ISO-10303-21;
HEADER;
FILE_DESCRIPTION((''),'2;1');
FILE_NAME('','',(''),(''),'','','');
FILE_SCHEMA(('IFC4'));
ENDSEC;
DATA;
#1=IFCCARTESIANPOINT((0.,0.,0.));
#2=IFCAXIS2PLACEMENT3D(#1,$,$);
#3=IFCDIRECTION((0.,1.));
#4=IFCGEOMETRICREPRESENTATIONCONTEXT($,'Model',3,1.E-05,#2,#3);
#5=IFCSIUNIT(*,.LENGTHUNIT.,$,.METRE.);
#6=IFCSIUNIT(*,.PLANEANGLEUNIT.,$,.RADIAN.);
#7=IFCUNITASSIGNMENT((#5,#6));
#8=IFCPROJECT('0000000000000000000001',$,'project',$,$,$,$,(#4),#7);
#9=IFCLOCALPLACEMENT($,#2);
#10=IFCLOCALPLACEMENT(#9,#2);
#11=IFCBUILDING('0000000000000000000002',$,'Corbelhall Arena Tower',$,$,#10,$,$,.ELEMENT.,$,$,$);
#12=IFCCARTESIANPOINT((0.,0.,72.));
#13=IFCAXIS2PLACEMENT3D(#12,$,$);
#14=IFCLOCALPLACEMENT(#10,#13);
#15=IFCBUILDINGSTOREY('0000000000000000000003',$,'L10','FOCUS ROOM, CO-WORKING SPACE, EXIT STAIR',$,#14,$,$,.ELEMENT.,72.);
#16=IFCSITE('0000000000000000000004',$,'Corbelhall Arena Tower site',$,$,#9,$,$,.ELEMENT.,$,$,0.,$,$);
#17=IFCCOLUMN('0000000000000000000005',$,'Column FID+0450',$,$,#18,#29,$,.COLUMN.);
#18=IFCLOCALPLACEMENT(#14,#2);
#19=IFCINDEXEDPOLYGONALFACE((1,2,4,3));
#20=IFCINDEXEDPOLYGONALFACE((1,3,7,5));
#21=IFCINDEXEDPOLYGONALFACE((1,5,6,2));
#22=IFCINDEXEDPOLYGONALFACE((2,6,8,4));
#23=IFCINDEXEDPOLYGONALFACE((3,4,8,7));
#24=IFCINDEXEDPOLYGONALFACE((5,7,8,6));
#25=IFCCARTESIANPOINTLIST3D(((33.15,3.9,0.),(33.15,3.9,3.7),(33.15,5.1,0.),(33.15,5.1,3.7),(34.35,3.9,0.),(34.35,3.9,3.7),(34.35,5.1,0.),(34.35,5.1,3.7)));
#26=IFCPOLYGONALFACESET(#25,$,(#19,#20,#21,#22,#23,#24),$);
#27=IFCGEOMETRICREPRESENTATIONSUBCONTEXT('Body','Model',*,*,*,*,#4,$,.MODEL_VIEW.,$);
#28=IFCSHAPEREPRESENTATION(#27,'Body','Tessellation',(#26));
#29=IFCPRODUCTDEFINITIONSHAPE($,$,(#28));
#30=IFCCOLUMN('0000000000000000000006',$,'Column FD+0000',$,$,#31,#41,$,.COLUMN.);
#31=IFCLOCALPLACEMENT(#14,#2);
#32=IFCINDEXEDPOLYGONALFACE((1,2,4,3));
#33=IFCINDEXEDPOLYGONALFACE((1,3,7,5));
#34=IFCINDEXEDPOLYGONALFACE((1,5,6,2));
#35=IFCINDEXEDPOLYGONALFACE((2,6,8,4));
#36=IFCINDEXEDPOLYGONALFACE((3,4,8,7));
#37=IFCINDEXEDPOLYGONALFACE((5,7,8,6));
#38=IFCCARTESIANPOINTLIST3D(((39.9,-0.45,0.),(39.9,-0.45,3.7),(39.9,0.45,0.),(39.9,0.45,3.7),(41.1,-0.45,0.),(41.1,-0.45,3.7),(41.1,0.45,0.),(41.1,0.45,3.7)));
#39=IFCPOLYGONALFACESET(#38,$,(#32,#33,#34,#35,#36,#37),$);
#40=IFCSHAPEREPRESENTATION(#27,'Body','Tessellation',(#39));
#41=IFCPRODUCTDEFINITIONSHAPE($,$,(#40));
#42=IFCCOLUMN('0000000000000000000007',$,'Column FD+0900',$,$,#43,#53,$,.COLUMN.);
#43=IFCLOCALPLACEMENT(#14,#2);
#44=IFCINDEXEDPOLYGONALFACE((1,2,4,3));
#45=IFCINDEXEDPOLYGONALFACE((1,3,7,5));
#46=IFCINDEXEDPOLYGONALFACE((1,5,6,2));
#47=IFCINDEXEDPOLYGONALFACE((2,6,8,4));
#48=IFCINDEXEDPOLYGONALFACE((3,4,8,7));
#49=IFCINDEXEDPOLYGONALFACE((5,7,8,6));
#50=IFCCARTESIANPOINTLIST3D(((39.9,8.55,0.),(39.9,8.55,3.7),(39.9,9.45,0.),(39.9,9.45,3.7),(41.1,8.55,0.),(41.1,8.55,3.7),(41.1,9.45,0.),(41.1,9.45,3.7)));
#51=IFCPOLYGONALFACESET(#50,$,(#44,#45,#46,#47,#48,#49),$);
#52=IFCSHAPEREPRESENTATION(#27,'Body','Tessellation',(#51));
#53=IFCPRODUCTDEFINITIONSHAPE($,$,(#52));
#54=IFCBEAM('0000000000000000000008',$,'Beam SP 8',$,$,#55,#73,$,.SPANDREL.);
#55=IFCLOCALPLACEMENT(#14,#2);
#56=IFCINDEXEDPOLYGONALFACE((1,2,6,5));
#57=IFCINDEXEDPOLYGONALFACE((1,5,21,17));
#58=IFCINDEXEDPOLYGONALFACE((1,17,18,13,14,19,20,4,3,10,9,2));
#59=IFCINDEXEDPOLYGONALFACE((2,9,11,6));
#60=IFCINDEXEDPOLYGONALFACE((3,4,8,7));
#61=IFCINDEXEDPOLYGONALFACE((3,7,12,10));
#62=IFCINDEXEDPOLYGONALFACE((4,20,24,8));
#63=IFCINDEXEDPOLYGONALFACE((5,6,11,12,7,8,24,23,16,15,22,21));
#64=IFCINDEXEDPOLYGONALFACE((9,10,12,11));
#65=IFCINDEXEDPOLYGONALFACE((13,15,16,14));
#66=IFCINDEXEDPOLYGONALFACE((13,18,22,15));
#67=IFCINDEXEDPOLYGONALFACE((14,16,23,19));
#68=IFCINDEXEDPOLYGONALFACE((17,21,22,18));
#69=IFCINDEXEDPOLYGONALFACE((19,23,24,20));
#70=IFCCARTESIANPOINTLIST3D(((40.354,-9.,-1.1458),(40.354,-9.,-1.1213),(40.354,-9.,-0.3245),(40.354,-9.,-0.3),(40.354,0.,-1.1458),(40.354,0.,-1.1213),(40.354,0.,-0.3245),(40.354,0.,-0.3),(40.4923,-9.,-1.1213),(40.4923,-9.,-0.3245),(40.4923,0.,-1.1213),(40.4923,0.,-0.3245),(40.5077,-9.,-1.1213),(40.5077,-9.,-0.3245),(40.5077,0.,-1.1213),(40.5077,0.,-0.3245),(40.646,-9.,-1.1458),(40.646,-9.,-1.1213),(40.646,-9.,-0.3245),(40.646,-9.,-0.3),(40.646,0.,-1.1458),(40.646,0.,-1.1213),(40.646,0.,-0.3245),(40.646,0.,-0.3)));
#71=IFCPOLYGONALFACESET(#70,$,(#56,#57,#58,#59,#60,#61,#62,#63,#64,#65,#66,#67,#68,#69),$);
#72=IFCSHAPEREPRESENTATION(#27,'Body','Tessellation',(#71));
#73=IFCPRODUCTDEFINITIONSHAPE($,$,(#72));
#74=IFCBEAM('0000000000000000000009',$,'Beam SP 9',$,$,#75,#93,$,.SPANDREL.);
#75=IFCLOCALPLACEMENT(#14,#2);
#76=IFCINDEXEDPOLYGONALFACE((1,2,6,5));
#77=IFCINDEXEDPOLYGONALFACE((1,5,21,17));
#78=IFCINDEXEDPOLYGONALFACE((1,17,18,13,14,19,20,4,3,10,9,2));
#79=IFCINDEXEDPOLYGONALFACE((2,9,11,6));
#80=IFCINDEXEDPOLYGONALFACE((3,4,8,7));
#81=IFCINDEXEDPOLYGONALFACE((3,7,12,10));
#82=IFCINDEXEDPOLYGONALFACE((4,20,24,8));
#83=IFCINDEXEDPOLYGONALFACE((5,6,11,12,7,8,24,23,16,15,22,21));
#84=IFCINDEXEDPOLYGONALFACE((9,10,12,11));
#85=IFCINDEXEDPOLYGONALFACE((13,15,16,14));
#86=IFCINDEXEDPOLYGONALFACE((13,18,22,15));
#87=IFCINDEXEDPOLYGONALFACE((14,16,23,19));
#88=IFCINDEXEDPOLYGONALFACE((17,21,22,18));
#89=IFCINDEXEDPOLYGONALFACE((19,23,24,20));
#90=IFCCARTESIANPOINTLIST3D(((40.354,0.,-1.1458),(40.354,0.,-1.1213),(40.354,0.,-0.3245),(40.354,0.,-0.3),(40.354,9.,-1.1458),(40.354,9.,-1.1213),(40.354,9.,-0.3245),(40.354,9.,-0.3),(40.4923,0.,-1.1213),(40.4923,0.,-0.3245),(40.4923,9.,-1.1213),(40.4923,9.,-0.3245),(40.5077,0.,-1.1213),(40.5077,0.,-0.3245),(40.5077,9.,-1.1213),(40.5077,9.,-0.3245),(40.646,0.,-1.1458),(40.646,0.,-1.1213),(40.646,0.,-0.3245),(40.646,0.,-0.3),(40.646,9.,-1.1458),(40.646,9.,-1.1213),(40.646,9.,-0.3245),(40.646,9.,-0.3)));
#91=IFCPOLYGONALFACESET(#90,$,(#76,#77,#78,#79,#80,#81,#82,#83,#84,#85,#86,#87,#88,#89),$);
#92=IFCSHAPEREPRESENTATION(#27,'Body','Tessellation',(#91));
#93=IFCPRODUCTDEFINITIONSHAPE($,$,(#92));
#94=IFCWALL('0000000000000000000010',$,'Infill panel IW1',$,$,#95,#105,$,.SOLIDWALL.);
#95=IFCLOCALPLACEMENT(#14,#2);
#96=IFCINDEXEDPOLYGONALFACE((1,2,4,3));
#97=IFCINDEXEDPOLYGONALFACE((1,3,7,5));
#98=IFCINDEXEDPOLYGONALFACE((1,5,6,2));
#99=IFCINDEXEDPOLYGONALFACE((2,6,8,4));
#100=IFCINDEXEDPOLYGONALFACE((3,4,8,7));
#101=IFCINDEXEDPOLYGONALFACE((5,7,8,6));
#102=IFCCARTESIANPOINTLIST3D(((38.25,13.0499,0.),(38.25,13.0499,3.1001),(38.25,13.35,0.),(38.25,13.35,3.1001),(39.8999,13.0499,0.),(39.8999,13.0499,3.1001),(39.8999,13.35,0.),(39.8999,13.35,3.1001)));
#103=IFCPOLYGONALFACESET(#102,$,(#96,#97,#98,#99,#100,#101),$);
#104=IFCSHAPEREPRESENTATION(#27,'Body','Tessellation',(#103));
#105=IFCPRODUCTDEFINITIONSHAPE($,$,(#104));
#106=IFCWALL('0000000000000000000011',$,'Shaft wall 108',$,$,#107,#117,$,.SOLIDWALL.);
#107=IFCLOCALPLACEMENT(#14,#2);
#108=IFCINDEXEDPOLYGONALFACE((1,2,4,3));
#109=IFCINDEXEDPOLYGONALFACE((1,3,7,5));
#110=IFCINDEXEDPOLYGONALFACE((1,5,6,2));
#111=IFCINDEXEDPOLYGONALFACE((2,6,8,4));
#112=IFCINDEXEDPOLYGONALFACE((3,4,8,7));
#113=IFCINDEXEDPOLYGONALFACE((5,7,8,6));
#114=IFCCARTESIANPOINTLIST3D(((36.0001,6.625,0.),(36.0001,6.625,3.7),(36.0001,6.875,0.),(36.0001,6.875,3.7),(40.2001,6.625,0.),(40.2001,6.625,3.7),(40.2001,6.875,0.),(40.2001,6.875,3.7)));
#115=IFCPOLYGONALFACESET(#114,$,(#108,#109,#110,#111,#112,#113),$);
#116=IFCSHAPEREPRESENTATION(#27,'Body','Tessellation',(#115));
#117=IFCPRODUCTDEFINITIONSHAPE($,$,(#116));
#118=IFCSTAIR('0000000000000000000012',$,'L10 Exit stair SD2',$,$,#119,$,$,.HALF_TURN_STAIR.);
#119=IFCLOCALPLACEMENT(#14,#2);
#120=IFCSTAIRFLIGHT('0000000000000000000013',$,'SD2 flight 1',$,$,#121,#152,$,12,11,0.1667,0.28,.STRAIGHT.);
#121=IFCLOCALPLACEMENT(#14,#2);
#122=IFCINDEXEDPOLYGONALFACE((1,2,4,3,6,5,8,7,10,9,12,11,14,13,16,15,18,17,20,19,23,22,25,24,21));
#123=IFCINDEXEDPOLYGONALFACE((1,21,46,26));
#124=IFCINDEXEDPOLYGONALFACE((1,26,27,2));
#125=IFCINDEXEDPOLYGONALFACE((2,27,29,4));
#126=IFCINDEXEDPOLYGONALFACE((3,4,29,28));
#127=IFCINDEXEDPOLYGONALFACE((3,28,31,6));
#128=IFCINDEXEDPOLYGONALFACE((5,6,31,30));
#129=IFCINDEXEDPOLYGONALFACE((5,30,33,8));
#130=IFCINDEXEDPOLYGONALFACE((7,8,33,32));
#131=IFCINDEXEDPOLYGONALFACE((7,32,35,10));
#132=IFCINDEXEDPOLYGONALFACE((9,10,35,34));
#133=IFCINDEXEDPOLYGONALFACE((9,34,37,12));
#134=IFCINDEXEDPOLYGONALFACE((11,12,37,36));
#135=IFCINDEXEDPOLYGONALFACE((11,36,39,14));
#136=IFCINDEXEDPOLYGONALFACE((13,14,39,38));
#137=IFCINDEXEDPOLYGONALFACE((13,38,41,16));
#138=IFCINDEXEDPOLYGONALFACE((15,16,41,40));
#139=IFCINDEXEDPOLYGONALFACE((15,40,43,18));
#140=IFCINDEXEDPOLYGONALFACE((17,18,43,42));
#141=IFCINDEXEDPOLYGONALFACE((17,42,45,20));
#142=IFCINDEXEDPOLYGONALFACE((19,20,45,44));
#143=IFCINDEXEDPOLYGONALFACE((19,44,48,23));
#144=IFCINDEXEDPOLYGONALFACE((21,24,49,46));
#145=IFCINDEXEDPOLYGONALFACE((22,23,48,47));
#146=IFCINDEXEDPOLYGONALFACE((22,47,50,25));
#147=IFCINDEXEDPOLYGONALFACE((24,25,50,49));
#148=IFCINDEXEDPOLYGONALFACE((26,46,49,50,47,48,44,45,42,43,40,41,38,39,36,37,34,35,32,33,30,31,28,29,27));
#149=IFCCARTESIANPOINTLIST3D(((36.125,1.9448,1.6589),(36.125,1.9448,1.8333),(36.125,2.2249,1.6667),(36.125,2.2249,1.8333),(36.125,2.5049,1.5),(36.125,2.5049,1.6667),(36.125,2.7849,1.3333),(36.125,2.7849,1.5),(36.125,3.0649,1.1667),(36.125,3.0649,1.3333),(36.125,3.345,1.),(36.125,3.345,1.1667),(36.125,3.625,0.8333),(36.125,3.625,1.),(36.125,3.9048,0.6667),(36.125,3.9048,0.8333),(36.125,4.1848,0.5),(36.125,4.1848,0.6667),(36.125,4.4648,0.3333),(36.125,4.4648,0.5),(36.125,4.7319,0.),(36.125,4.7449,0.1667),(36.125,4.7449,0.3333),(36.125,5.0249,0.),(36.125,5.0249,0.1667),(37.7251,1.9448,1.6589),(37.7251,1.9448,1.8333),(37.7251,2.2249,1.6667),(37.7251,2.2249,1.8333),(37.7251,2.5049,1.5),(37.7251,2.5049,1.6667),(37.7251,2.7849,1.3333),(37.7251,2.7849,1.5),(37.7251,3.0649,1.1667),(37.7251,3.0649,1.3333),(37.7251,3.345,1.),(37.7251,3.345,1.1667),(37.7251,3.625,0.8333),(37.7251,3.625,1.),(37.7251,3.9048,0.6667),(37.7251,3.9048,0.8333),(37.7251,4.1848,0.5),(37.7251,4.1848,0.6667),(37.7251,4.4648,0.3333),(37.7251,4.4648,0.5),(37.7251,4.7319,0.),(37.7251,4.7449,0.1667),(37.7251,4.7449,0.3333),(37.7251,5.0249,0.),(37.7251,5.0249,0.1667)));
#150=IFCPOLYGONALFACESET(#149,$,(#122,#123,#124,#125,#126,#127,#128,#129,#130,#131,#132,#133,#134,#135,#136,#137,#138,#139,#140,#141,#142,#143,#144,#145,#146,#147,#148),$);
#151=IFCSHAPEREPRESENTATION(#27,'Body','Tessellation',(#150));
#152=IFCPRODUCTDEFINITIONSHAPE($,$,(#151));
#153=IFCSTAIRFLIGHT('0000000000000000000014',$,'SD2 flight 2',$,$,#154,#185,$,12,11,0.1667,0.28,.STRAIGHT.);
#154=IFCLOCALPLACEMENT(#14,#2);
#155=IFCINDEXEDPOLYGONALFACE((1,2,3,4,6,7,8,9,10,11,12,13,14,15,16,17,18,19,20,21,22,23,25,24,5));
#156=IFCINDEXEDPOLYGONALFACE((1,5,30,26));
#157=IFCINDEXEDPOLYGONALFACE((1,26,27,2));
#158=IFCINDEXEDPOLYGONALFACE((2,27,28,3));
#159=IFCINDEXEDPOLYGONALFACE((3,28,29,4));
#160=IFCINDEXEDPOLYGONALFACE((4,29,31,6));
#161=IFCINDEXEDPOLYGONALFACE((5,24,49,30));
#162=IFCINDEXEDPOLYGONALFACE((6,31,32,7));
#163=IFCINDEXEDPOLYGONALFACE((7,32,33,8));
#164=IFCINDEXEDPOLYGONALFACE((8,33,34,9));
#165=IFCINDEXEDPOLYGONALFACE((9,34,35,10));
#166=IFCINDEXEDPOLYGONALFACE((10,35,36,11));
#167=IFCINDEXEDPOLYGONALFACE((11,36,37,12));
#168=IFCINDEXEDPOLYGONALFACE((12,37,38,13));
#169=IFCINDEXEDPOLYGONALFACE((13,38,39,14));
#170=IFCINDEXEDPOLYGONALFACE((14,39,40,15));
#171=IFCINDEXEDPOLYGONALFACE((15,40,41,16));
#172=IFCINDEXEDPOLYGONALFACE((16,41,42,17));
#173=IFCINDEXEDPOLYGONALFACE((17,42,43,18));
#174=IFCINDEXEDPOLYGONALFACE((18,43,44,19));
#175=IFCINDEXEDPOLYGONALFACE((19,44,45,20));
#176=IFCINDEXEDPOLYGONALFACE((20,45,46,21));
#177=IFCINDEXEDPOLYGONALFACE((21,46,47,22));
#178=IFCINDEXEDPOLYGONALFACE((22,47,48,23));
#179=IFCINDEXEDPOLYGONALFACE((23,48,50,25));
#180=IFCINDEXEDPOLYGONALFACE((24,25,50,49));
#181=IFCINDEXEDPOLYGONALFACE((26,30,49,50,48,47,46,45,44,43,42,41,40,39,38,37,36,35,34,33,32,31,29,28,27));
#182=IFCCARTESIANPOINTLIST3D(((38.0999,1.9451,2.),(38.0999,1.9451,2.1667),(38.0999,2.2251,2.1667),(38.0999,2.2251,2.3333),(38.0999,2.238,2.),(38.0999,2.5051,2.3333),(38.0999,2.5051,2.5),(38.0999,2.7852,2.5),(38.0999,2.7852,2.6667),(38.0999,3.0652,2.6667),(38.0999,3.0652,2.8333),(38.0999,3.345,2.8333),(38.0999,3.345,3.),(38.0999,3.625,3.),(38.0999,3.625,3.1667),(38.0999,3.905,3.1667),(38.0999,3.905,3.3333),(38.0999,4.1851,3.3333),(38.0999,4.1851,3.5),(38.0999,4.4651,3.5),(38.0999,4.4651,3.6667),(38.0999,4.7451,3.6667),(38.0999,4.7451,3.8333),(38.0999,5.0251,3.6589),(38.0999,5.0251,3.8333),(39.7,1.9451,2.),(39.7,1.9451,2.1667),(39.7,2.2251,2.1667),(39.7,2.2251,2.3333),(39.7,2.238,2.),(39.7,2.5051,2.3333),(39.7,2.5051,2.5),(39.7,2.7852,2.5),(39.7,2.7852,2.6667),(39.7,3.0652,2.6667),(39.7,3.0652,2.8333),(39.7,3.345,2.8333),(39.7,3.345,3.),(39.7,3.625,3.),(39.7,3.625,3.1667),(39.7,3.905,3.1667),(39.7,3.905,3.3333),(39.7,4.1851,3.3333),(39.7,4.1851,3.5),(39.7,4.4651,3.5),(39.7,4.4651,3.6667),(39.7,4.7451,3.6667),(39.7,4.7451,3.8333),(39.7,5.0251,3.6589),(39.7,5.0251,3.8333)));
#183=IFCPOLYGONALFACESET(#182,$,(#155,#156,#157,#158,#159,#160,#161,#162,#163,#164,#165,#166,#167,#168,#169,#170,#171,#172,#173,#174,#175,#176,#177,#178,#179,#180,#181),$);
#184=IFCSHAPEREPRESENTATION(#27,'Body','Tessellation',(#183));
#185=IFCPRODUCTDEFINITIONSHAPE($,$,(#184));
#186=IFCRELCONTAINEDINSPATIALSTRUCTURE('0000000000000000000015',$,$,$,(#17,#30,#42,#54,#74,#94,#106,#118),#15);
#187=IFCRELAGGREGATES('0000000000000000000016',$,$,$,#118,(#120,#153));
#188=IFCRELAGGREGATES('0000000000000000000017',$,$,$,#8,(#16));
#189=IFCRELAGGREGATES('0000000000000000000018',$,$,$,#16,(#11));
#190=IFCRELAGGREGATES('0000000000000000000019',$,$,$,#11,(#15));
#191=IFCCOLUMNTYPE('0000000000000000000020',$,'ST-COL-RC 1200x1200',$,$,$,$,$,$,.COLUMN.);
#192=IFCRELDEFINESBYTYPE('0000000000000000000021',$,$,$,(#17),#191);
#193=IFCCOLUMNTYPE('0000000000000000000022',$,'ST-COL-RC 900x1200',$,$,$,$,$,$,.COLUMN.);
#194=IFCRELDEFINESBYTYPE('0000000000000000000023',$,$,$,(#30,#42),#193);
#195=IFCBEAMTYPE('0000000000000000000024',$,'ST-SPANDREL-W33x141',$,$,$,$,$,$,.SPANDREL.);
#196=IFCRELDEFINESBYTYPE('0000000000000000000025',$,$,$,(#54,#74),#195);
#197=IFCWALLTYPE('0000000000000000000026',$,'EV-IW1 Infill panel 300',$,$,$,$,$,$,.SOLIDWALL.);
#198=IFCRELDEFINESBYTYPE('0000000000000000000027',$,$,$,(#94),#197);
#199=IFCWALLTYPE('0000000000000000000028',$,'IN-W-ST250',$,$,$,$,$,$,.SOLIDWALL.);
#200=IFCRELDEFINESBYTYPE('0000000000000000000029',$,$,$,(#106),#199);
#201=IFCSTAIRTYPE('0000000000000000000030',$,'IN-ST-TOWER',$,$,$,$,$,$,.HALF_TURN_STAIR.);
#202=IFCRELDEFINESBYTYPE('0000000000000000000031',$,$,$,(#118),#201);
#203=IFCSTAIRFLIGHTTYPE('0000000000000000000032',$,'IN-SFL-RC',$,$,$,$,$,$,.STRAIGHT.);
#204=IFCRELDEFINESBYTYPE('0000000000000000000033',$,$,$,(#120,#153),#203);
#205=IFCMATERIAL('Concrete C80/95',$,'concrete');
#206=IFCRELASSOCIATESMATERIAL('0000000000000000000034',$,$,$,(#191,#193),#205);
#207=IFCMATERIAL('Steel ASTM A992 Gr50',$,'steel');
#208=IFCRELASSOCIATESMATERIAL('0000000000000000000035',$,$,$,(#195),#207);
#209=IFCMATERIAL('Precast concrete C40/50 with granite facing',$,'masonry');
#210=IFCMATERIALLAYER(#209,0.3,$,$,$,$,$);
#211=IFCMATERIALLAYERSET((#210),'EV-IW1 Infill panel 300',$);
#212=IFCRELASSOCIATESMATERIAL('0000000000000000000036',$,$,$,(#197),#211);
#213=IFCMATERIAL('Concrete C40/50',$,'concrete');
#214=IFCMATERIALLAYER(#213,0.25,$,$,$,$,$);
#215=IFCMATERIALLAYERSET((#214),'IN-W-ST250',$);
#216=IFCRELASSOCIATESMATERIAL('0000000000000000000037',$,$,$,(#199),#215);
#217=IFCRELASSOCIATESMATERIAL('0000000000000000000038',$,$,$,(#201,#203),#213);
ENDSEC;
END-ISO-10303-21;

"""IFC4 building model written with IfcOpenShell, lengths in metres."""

from ifc_helpers import new_model, si_unit, direction, frame, frame_2d, origin, origin_2d, place, context, subcontext, project, spatial, polyline, rectangle, i_section, outline, extrude, material, layer, layer_set, material_profile, profile_set, type_object, element, aggregate, save


model = new_model("IFC4")

# Units and contexts
model_context = context("Model", 3, precision=1e-05, world=origin(), true_north=direction((0.0, 1.0)))
body_context = subcontext(model_context, "Body", "Model", "MODEL_VIEW")
ifc_project = project(units=[si_unit("LENGTHUNIT", "METRE"), si_unit("PLANEANGLEUNIT", "RADIAN")], contexts=[model_context])

# Site, building, storey
site_placement = place(None, origin())
site = spatial("IfcSite", under=ifc_project, at=site_placement, Name="Corbelhall Arena Tower site", CompositionType="ELEMENT", RefElevation=0.0)
building_placement = place(site_placement, origin())
building = spatial("IfcBuilding", under=site, at=building_placement, Name="Corbelhall Arena Tower", CompositionType="ELEMENT")
storey_placement = place(building_placement, frame((0.0, 0.0, 72.0)))
storey = spatial("IfcBuildingStorey", under=building, at=storey_placement, Name="L10", Description="FOCUS ROOM, CO-WORKING SPACE, EXIT STAIR", CompositionType="ELEMENT", Elevation=72.0)

# Columns
ifc_material_1 = material(Name="Concrete C80/95", Category="concrete")
ifc_material_profile_1 = material_profile(ifc_material_1, rectangle(XDim=1.2, YDim=1.2, at=origin_2d()))
ifc_profile_set_1 = profile_set([ifc_material_profile_1], Name="Concrete C80/95")
column_type_1 = type_object("IfcColumnType", Name="ST-COL-RC 1200x1200", PredefinedType="COLUMN", material=ifc_profile_set_1)
column_placement = place(storey_placement, frame((33.75, 4.5, 0.0), z_axis=(0.0, 0.0, 1.0), x_axis=(1.0, 0.0, 0.0)))
element("IfcColumn", 1, at=column_placement, inside=storey, type_object=column_type_1, Name="Column FID+0450", PredefinedType="COLUMN", context=body_context, shape_type="SweptSolid", body=[
    extrude(rectangle(XDim=1.2, YDim=1.2, at=origin_2d()), origin(), (0.0, 0.0, 1.0), 3.7),
])
ifc_material_profile_2 = material_profile(ifc_material_1, rectangle(XDim=0.8999, YDim=1.2, at=origin_2d()))
ifc_profile_set_2 = profile_set([ifc_material_profile_2], Name="Concrete C80/95")
column_type_2 = type_object("IfcColumnType", Name="ST-COL-RC 900x1200", PredefinedType="COLUMN", material=ifc_profile_set_2)
for number, where, z_axis, x_axis, name in (
    (2, (40.5, 0.0, 0.0), (0.0, 0.0, 1.0), (0.0, 1.0, 0.0), "Column FD+0000"),
    (3, (40.5, 9.0, 0.0), (0.0, 0.0, 1.0), (0.0, 1.0, 0.0), "Column FD+0900"),
):
    element("IfcColumn", number, at=place(storey_placement, frame(where, z_axis=z_axis, x_axis=x_axis)), inside=storey, type_object=column_type_2, Name=name, PredefinedType="COLUMN", context=body_context, shape_type="SweptSolid", body=[
        extrude(rectangle(XDim=0.8999, YDim=1.2, at=origin_2d()), origin(), (0.0, 0.0, 1.0), 3.7),
    ])

# Beams
ifc_material_2 = material(Name="Steel ASTM A992 Gr50", Category="steel")
ifc_material_profile_3 = material_profile(ifc_material_2, i_section(OverallWidth=0.292, OverallDepth=0.8457, WebThickness=0.0154, FlangeThickness=0.0244, at=origin_2d()))
ifc_profile_set_3 = profile_set([ifc_material_profile_3], Name="Steel ASTM A992 Gr50")
beam_type = type_object("IfcBeamType", Name="ST-SPANDREL-W33x141", PredefinedType="SPANDREL", material=ifc_profile_set_3)
for number, where, z_axis, x_axis, name in (
    (4, (40.5, 0.0, -0.7229), (0.0, -1.0, 0.0), (1.0, 0.0, 0.0), "Beam SP 8"),
    (5, (40.5, 9.0, -0.7229), (0.0, -1.0, 0.0), (1.0, 0.0, 0.0), "Beam SP 9"),
):
    element("IfcBeam", number, at=place(storey_placement, frame(where, z_axis=z_axis, x_axis=x_axis)), inside=storey, type_object=beam_type, Name=name, PredefinedType="SPANDREL", context=body_context, shape_type="SweptSolid", body=[
        extrude(i_section(OverallWidth=0.292, OverallDepth=0.8457, WebThickness=0.0154, FlangeThickness=0.0244, at=origin_2d()), origin(), (0.0, 0.0, 1.0), 9.0),
    ])

# Wall
ifc_material_3 = material(Name="Precast concrete C40/50 with granite facing", Category="masonry")
ifc_layer_1 = layer(ifc_material_3, 0.3)
ifc_layer_set_1 = layer_set([ifc_layer_1], Name="EV-IW1 Infill panel 300")
wall_type_1 = type_object("IfcWallType", Name="EV-IW1 Infill panel 300", PredefinedType="SOLIDWALL", material=ifc_layer_set_1)
wall_1_placement = place(storey_placement, frame((39.8999, 13.2, 0.0), z_axis=(0.0, 0.0, 1.0), x_axis=(-1.0, 0.0, 0.0)))
element("IfcWall", 6, at=wall_1_placement, inside=storey, type_object=wall_type_1, Name="Infill panel IW1", PredefinedType="SOLIDWALL", context=body_context, shape_type="SweptSolid", body=[
    extrude(rectangle(XDim=1.6499, YDim=0.3, at=frame_2d((0.825, 0.0))), origin(), (0.0, 0.0, 1.0), 3.1001),
])

# Wall
ifc_material_4 = material(Name="Concrete C40/50", Category="concrete")
ifc_layer_2 = layer(ifc_material_4, 0.25)
ifc_layer_set_2 = layer_set([ifc_layer_2], Name="IN-W-ST250")
wall_type_2 = type_object("IfcWallType", Name="IN-W-ST250", PredefinedType="SOLIDWALL", material=ifc_layer_set_2)
wall_2_placement = place(storey_placement, frame((36.0, 6.75, 0.0), z_axis=(0.0, 0.0, 1.0), x_axis=(1.0, 0.0, 0.0)))
element("IfcWall", 7, at=wall_2_placement, inside=storey, type_object=wall_type_2, Name="Shaft wall 108", PredefinedType="SOLIDWALL", context=body_context, shape_type="SweptSolid", body=[
    extrude(rectangle(XDim=4.2, YDim=0.25, at=frame_2d((2.1001, 0.0))), origin(), (0.0, 0.0, 1.0), 3.7),
])

# Stair, stair flights
stair_type = type_object("IfcStairType", Name="IN-ST-TOWER", PredefinedType="HALF_TURN_STAIR", material=ifc_material_4)
stair_placement = place(storey_placement, origin())
stair = element("IfcStair", 8, at=stair_placement, inside=storey, type_object=stair_type, Name="L10 Exit stair SD2", PredefinedType="HALF_TURN_STAIR")
stair_flight_type = type_object("IfcStairFlightType", Name="IN-SFL-RC", PredefinedType="STRAIGHT", material=ifc_material_4)
stair_flight_1_placement = place(storey_placement, frame((36.925, 5.0249, 0.0), z_axis=(0.0, 0.0, 1.0), x_axis=(0.0, -1.0, 0.0)))
stair_flight_1 = element("IfcStairFlight", 9, at=stair_flight_1_placement, type_object=stair_flight_type, Name="SD2 flight 1", NumberOfRisers=12, NumberOfTreads=11, PredefinedType="STRAIGHT", RiserHeight=0.1667, TreadLength=0.28, context=body_context, shape_type="SweptSolid", body=[
    extrude(outline(polyline([(0.0, 0.0), (0.0, 0.1667), (0.28, 0.1667), (0.28, 0.3333), (0.5601, 0.3333), (0.5601, 0.5), (0.8401, 0.5), (0.8401, 0.6667), (1.1201, 0.6667), (1.1201, 0.8333), (1.3999, 0.8333), (1.3999, 1.0), (1.6799, 1.0), (1.6799, 1.1667), (1.96, 1.1667), (1.96, 1.3333), (2.24, 1.3333), (2.24, 1.5), (2.52, 1.5), (2.52, 1.6667), (2.8, 1.6667), (2.8, 1.8333), (3.0801, 1.8333), (3.0801, 2.0), (3.0801, 1.6589), (0.293, 0.0), (0.0, 0.0)])), frame((0.0, 0.8, 0.0), z_axis=(0.0, -1.0, 0.0), x_axis=(1.0, 0.0, 0.0)), (0.0, 0.0, 1.0), 1.6001),
])
stair_flight_2_placement = place(storey_placement, frame((38.8999, 1.9451, 2.0), z_axis=(0.0, 0.0, 1.0), x_axis=(0.0, 1.0, 0.0)))
stair_flight_2 = element("IfcStairFlight", 10, at=stair_flight_2_placement, type_object=stair_flight_type, Name="SD2 flight 2", NumberOfRisers=12, NumberOfTreads=11, PredefinedType="STRAIGHT", RiserHeight=0.1667, TreadLength=0.28, context=body_context, shape_type="SweptSolid", body=[
    extrude(outline(polyline([(0.0, 0.0), (0.0, 0.1667), (0.28, 0.1667), (0.28, 0.3333), (0.5601, 0.3333), (0.5601, 0.5), (0.8401, 0.5), (0.8401, 0.6667), (1.1201, 0.6667), (1.1201, 0.8333), (1.3999, 0.8333), (1.3999, 1.0), (1.6799, 1.0), (1.6799, 1.1667), (1.96, 1.1667), (1.96, 1.3333), (2.24, 1.3333), (2.24, 1.5), (2.52, 1.5), (2.52, 1.6667), (2.8, 1.6667), (2.8, 1.8333), (3.0801, 1.8333), (3.0801, 2.0), (3.0801, 1.6589), (0.293, 0.0), (0.0, 0.0)])), frame((0.0, 0.8, 0.0), z_axis=(0.0, -1.0, 0.0), x_axis=(1.0, 0.0, 0.0)), (0.0, 0.0, 1.0), 1.6001),
])
aggregate(stair, [stair_flight_1, stair_flight_2])

save(model, "model.ifc")
